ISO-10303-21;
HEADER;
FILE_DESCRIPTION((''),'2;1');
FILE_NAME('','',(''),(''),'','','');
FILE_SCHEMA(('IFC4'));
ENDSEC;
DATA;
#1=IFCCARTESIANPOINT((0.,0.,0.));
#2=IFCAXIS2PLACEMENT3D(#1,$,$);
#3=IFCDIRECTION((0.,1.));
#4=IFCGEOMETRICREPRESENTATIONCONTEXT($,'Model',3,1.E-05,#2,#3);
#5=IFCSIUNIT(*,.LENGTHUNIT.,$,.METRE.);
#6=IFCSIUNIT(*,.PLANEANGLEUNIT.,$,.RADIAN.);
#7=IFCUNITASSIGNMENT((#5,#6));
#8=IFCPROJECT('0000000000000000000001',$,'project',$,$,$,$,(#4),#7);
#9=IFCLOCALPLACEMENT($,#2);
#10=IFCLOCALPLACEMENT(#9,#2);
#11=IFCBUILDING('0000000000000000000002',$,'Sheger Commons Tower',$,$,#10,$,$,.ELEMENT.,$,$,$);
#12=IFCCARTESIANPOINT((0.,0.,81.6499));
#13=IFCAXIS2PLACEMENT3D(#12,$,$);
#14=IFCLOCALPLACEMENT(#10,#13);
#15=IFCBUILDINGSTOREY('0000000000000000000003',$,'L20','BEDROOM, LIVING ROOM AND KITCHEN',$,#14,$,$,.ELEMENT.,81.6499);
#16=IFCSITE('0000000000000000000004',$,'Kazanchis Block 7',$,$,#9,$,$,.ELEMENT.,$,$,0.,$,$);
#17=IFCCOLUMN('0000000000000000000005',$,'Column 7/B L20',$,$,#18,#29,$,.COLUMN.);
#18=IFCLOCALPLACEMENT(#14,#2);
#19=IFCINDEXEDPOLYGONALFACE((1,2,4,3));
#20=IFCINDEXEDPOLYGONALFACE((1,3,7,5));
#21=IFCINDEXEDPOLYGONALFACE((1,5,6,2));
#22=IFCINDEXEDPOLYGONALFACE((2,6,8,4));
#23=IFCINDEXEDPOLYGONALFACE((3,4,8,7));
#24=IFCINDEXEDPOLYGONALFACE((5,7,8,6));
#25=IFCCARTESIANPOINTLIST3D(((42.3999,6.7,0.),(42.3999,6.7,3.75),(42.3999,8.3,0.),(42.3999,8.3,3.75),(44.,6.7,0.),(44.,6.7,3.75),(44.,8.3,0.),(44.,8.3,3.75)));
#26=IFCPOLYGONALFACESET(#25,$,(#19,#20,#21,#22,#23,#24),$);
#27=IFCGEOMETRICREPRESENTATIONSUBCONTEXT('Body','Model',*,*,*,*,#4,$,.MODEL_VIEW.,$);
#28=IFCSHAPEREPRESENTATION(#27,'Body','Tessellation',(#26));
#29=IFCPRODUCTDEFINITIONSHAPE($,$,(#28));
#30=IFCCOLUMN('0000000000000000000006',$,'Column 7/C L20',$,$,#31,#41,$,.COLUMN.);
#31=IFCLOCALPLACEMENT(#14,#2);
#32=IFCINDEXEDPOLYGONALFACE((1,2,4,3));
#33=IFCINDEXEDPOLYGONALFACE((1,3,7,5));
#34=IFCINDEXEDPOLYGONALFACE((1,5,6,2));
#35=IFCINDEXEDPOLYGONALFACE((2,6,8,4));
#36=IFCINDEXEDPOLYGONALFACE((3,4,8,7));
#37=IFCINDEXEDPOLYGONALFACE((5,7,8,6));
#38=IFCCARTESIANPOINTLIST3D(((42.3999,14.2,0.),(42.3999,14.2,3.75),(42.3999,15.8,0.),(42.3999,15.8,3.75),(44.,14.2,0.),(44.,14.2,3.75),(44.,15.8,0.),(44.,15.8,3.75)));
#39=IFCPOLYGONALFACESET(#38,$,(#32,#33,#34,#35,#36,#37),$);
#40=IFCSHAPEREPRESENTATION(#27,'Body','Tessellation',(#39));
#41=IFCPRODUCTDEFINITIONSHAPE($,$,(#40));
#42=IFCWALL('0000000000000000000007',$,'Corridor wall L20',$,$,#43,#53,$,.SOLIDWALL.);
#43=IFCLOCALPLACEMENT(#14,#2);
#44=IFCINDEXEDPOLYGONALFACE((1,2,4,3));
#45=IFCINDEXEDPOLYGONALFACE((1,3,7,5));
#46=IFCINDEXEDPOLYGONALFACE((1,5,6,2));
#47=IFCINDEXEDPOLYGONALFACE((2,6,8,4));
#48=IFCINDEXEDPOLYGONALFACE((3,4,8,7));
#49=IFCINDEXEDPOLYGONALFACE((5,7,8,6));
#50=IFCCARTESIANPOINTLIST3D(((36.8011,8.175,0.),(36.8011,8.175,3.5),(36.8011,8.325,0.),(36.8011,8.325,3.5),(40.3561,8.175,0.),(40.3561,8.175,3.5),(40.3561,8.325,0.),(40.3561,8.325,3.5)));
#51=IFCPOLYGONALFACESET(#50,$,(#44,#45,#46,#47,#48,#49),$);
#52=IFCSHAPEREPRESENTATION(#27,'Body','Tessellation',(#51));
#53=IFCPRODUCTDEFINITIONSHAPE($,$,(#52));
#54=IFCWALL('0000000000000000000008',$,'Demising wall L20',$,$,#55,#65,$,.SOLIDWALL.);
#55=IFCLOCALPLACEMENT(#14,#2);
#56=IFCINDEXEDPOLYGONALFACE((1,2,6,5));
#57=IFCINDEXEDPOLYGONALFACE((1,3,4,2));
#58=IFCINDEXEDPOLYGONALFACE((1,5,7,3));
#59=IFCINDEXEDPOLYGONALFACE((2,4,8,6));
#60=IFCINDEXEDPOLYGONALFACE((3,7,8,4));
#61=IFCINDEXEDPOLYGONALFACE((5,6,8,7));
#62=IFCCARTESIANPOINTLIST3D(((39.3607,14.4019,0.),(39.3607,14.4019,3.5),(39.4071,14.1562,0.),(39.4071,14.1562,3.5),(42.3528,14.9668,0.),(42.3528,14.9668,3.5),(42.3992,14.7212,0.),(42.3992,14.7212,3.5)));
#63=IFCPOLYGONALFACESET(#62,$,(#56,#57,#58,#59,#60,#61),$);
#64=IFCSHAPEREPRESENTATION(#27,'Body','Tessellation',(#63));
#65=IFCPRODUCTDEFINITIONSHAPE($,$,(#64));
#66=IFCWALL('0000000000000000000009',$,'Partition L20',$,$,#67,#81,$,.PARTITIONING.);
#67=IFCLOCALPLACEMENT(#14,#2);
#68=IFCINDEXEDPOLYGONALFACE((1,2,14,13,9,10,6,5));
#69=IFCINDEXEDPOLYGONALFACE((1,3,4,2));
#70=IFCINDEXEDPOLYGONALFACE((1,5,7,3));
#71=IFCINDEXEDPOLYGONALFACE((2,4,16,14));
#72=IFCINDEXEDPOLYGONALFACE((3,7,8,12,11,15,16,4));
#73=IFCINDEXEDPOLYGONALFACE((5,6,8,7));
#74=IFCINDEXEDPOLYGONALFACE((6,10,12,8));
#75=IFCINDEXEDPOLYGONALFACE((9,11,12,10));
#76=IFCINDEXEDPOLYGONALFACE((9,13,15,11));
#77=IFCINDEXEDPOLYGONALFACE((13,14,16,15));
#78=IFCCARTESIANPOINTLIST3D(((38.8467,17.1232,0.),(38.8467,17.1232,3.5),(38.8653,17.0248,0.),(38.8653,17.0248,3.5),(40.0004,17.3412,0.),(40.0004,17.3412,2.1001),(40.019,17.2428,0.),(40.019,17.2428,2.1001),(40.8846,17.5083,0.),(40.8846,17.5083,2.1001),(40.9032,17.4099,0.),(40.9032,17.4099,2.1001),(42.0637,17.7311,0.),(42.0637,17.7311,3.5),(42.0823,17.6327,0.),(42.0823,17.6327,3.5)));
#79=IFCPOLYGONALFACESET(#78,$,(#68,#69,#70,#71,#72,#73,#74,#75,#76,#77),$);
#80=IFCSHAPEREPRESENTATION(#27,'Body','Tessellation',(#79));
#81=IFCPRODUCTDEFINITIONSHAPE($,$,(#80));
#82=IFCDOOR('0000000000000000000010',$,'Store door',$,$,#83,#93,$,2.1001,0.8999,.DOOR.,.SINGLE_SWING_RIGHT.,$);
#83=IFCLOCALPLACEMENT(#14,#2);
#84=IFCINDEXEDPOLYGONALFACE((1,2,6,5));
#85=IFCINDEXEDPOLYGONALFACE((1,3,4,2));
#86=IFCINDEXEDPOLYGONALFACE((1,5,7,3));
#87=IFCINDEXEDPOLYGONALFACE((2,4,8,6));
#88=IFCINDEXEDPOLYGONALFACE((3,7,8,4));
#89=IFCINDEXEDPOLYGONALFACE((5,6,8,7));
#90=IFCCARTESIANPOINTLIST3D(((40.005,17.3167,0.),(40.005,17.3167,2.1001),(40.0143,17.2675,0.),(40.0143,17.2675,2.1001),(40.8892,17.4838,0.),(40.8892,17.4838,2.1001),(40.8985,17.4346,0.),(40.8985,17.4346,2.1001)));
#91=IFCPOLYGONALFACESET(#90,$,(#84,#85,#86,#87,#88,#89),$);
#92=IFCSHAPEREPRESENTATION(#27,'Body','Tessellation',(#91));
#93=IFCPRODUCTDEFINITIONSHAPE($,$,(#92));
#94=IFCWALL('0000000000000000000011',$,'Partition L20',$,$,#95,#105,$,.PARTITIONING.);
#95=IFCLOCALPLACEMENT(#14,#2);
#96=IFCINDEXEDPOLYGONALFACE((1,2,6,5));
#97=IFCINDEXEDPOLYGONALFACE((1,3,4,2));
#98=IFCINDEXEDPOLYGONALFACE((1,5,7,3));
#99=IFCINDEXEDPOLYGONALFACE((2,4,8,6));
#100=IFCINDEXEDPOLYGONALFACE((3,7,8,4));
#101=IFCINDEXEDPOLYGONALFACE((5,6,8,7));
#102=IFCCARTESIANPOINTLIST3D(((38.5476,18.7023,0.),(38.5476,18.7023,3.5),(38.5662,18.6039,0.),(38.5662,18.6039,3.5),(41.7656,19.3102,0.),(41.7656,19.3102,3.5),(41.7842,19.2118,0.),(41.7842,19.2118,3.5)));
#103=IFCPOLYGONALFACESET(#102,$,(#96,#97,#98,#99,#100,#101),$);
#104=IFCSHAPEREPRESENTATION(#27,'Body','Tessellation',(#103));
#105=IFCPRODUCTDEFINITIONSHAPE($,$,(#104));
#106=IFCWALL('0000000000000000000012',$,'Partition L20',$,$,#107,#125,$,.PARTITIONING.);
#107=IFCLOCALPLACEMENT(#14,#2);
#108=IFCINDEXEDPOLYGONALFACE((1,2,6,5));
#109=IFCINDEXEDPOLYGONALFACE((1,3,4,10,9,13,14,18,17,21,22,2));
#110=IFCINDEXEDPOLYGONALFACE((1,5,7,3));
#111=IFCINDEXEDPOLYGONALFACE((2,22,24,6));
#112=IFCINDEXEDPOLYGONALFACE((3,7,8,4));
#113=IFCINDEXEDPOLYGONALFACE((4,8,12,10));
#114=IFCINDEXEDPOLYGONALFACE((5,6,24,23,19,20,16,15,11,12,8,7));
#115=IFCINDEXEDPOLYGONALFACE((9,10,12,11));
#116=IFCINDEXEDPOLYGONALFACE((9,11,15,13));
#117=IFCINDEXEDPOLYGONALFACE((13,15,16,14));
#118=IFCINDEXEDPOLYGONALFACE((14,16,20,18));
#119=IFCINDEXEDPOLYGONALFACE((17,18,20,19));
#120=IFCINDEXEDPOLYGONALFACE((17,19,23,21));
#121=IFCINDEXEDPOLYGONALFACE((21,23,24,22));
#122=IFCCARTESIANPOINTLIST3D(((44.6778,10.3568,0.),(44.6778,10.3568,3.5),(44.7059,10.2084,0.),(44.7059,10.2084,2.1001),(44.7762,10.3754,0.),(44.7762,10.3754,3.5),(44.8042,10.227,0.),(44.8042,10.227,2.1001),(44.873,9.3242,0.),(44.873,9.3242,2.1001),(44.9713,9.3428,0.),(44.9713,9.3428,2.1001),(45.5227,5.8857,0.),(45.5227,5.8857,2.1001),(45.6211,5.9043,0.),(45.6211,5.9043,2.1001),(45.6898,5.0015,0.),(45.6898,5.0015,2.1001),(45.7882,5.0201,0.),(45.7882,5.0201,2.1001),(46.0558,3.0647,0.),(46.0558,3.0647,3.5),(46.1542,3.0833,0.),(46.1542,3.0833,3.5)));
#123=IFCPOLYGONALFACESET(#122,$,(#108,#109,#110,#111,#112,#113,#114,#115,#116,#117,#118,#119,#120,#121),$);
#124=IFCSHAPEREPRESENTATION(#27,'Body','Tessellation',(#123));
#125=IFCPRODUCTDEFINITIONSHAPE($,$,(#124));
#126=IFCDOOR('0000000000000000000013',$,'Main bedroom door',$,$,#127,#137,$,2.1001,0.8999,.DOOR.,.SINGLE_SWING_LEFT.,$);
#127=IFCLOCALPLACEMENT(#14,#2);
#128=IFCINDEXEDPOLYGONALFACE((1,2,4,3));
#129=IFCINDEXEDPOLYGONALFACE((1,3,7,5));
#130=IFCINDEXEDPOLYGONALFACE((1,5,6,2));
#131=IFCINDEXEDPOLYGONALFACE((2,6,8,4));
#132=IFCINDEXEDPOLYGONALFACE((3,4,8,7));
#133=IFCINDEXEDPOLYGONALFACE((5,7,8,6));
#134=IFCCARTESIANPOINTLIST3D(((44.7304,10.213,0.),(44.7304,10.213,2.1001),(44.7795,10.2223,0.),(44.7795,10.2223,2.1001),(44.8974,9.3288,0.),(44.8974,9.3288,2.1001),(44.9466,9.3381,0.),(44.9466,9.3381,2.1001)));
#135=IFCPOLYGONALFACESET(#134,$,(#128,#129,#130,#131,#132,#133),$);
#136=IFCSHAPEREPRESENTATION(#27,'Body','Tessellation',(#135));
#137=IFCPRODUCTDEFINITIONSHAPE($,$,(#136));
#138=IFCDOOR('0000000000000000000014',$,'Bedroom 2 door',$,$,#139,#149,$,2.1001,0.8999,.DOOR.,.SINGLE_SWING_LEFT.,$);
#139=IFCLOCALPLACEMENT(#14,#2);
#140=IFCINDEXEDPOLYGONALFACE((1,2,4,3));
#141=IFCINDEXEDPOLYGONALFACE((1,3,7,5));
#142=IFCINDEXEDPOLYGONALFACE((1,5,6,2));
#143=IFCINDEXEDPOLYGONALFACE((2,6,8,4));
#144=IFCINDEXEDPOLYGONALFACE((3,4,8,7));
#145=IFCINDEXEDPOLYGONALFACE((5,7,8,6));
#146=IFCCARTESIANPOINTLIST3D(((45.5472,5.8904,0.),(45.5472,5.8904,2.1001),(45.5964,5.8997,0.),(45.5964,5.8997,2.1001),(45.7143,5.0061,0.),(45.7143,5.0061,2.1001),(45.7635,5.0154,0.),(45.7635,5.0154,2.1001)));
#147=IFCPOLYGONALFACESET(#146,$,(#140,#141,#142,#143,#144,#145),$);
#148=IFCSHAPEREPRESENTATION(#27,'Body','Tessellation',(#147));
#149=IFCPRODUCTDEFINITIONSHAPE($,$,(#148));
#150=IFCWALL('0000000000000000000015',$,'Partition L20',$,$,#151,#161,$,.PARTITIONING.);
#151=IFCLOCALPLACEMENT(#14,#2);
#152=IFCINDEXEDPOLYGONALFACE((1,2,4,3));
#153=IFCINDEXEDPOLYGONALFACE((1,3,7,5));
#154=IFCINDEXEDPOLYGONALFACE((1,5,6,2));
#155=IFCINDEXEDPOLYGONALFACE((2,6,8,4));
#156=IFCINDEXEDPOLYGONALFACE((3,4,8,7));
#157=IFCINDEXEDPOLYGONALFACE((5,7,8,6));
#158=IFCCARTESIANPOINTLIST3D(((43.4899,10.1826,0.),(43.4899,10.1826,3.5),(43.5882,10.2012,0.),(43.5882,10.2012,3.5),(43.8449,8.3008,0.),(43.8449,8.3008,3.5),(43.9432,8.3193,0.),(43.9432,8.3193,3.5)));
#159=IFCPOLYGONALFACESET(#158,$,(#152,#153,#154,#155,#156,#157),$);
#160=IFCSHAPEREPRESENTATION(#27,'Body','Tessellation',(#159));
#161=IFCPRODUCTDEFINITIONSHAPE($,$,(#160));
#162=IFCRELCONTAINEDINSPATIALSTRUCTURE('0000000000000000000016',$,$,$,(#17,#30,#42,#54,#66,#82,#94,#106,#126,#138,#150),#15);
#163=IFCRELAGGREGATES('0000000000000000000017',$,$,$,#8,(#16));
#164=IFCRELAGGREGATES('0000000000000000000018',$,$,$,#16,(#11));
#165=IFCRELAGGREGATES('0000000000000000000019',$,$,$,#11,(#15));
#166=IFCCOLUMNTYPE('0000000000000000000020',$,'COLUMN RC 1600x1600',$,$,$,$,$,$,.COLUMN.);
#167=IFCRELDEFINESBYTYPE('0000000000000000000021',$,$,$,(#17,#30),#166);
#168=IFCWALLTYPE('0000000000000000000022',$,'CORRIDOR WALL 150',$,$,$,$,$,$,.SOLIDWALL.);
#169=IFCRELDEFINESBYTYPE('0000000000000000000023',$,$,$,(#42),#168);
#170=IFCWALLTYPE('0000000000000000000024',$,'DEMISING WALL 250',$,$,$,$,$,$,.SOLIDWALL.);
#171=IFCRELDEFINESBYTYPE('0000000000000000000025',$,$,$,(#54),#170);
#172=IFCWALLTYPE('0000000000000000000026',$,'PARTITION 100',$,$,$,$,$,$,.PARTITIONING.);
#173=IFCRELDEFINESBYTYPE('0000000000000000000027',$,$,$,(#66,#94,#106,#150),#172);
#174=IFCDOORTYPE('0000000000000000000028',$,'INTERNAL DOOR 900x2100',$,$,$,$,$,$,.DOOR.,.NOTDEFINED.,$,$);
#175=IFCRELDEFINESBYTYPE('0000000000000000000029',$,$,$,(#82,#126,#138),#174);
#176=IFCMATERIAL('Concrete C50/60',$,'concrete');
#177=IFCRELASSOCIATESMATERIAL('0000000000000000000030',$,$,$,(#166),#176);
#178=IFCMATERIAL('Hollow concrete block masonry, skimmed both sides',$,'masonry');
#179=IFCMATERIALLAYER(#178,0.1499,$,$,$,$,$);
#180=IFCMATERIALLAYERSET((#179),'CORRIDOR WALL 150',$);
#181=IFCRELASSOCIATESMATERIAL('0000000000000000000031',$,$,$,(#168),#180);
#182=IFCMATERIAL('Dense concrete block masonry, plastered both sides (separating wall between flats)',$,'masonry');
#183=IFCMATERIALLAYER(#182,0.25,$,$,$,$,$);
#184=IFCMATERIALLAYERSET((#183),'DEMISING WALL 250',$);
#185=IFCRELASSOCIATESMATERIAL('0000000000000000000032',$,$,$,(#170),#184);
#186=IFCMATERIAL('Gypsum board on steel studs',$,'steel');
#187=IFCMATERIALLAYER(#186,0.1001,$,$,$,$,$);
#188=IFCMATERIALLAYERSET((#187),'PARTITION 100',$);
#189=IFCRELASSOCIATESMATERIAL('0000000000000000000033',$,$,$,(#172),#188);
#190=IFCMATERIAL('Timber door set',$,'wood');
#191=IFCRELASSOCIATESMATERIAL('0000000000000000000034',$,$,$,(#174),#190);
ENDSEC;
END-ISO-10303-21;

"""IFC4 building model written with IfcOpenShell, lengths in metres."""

from ifc_helpers import new_model, si_unit, direction, frame, frame_2d, origin, origin_2d, place, context, subcontext, project, spatial, rectangle, extrude, material, layer, layer_set, material_profile, profile_set, type_object, element, fill, save


model = new_model("IFC4")

# Units and contexts
model_context = context("Model", 3, precision=1e-05, world=origin(), true_north=direction((0.0, 1.0)))
body_context = subcontext(model_context, "Body", "Model", "MODEL_VIEW")
ifc_project = project(units=[si_unit("LENGTHUNIT", "METRE"), si_unit("PLANEANGLEUNIT", "RADIAN")], contexts=[model_context])

# Site, building, storey
site_placement = place(None, origin())
site = spatial("IfcSite", under=ifc_project, at=site_placement, Name="Kazanchis Block 7", CompositionType="ELEMENT", RefElevation=0.0)
building_placement = place(site_placement, origin())
building = spatial("IfcBuilding", under=site, at=building_placement, Name="Sheger Commons Tower", CompositionType="ELEMENT")
storey_placement = place(building_placement, frame((0.0, 0.0, 81.6499)))
storey = spatial("IfcBuildingStorey", under=building, at=storey_placement, Name="L20", Description="BEDROOM, LIVING ROOM AND KITCHEN", CompositionType="ELEMENT", Elevation=81.6499)

# Columns
ifc_material_1 = material(Name="Concrete C50/60", Category="concrete")
ifc_material_profile = material_profile(ifc_material_1, rectangle(XDim=1.6001, YDim=1.6001, at=origin_2d()), Name="RC 1600x1600")
ifc_profile_set = profile_set([ifc_material_profile], Name="Concrete C50/60")
column_type = type_object("IfcColumnType", Name="COLUMN RC 1600x1600", PredefinedType="COLUMN", material=ifc_profile_set)
for number, where, z_axis, x_axis, name in (
    (1, (43.2, 7.5, 0.0), (0.0, 0.0, 1.0), (1.0, 0.0, 0.0), "Column 7/B L20"),
    (2, (43.2, 15.0, 0.0), (0.0, 0.0, 1.0), (1.0, 0.0, 0.0), "Column 7/C L20"),
):
    element("IfcColumn", number, at=place(storey_placement, frame(where, z_axis=z_axis, x_axis=x_axis)), inside=storey, type_object=column_type, Name=name, PredefinedType="COLUMN", context=body_context, shape_type="SweptSolid", body=[
        extrude(rectangle(XDim=1.6001, YDim=1.6001, at=origin_2d()), origin(), (0.0, 0.0, 1.0), 3.75),
    ])

# Walls
ifc_material_2 = material(Name="Hollow concrete block masonry, skimmed both sides", Category="masonry")
ifc_layer_1 = layer(ifc_material_2, 0.1499)
ifc_layer_set_1 = layer_set([ifc_layer_1], Name="CORRIDOR WALL 150")
wall_type_1 = type_object("IfcWallType", Name="CORRIDOR WALL 150", PredefinedType="SOLIDWALL", material=ifc_layer_set_1)
wall_1_placement = place(storey_placement, frame((40.356, 8.25, 0.0), z_axis=(0.0, 0.0, 1.0), x_axis=(-1.0, 0.0, 0.0)))
element("IfcWall", 3, at=wall_1_placement, inside=storey, type_object=wall_type_1, Name="Corridor wall L20", PredefinedType="SOLIDWALL", context=body_context, shape_type="SweptSolid", body=[
    extrude(rectangle(XDim=3.5549, YDim=0.1499, at=frame_2d((1.7773, 0.0))), origin(), (0.0, 0.0, 1.0), 3.5),
])
ifc_material_3 = material(Name="Dense concrete block masonry, plastered both sides (separating wall between flats)", Category="masonry")
ifc_layer_2 = layer(ifc_material_3, 0.25)
ifc_layer_set_2 = layer_set([ifc_layer_2], Name="DEMISING WALL 250")
wall_type_2 = type_object("IfcWallType", Name="DEMISING WALL 250", PredefinedType="SOLIDWALL", material=ifc_layer_set_2)
wall_2_placement = place(storey_placement, frame((42.376, 14.844, 0.0), z_axis=(0.0, 0.0, 1.0), x_axis=(-0.982636, -0.185542, 0.0)))
element("IfcWall", 4, at=wall_2_placement, inside=storey, type_object=wall_type_2, Name="Demising wall L20", PredefinedType="SOLIDWALL", context=body_context, shape_type="SweptSolid", body=[
    extrude(rectangle(XDim=3.0449, YDim=0.25, at=frame_2d((1.5225, 0.0))), origin(), (0.0, 0.0, 1.0), 3.5),
])

# Wall, opening, door
ifc_material_4 = material(Name="Gypsum board on steel studs", Category="steel")
ifc_layer_3 = layer(ifc_material_4, 0.1001)
ifc_layer_set_3 = layer_set([ifc_layer_3], Name="PARTITION 100")
wall_type_3 = type_object("IfcWallType", Name="PARTITION 100", PredefinedType="PARTITIONING", material=ifc_layer_set_3)
wall_3_placement = place(storey_placement, frame((42.073, 17.6819, 0.0), z_axis=(0.0, 0.0, 1.0), x_axis=(-0.98261, -0.18568, 0.0)))
wall_3 = element("IfcWall", 5, at=wall_3_placement, inside=storey, type_object=wall_type_3, Name="Partition L20", PredefinedType="PARTITIONING", context=body_context, shape_type="SweptSolid", body=[
    extrude(rectangle(XDim=3.2739, YDim=0.1001, at=frame_2d((1.637, 0.0))), origin(), (0.0, 0.0, 1.0), 3.5),
])
opening_1_placement = place(wall_3_placement, frame((1.2, 0.0, 0.0)))
opening_1 = element("IfcOpeningElement", 6, at=opening_1_placement, cuts=wall_3, PredefinedType="OPENING", context=body_context, shape_type="SweptSolid", body=[
    extrude(rectangle(XDim=0.8999, YDim=2.1001, at=frame_2d((0.45, 1.05))), frame((0.0, 0.0601, 0.0), z_axis=(0.0, -1.0, 0.0), x_axis=(1.0, 0.0, 0.0)), (0.0, 0.0, 1.0), 0.1201),
])
ifc_material_5 = material(Name="Timber door set", Category="wood")
door_type_1 = type_object("IfcDoorType", Name="INTERNAL DOOR 900x2100", OperationType="NOTDEFINED", PredefinedType="DOOR", material=ifc_material_5)
door_1_placement = place(opening_1_placement, origin())
door_1 = element("IfcDoor", 7, at=door_1_placement, inside=storey, type_object=door_type_1, Name="Store door", OperationType="SINGLE_SWING_RIGHT", OverallHeight=2.1001, OverallWidth=0.8999, PredefinedType="DOOR", context=body_context, shape_type="SweptSolid", body=[
    extrude(rectangle(XDim=0.8999, YDim=2.1001, at=frame_2d((0.45, 1.05))), frame((0.0, 0.0249, 0.0), z_axis=(0.0, -1.0, 0.0), x_axis=(1.0, 0.0, 0.0)), (0.0, 0.0, 1.0), 0.05),
])
fill(opening_1, door_1)

# Wall
wall_4_placement = place(storey_placement, frame((41.7749, 19.261, 0.0), z_axis=(0.0, 0.0, 1.0), x_axis=(-0.982621, -0.185625, 0.0)))
element("IfcWall", 8, at=wall_4_placement, inside=storey, type_object=wall_type_3, Name="Partition L20", PredefinedType="PARTITIONING", context=body_context, shape_type="SweptSolid", body=[
    extrude(rectangle(XDim=3.2749, YDim=0.1001, at=frame_2d((1.6375, 0.0))), origin(), (0.0, 0.0, 1.0), 3.5),
])

# Wall, openings, doors
wall_5_placement = place(storey_placement, frame((44.7271, 10.366, 0.0), z_axis=(0.0, 0.0, 1.0), x_axis=(0.185679, -0.98261, 0.0)))
wall_5 = element("IfcWall", 9, at=wall_5_placement, inside=storey, type_object=wall_type_3, Name="Partition L20", PredefinedType="PARTITIONING", context=body_context, shape_type="SweptSolid", body=[
    extrude(rectangle(XDim=7.4211, YDim=0.1001, at=frame_2d((3.7104, 0.0))), origin(), (0.0, 0.0, 1.0), 3.5),
])
opening_2_placement = place(wall_5_placement, frame((0.1509, 0.0, 0.0)))
opening_2 = element("IfcOpeningElement", 10, at=opening_2_placement, cuts=wall_5, PredefinedType="OPENING", context=body_context, shape_type="SweptSolid", body=[
    extrude(rectangle(XDim=0.8999, YDim=2.1001, at=frame_2d((0.45, 1.05))), frame((0.0, 0.0601, 0.0), z_axis=(0.0, -1.0, 0.0), x_axis=(1.0, 0.0, 0.0)), (0.0, 0.0, 1.0), 0.1201),
])
opening_3_placement = place(wall_5_placement, frame((4.55, 0.0, 0.0)))
opening_3 = element("IfcOpeningElement", 11, at=opening_3_placement, cuts=wall_5, PredefinedType="OPENING", context=body_context, shape_type="SweptSolid", body=[
    extrude(rectangle(XDim=0.8999, YDim=2.1001, at=frame_2d((0.45, 1.05))), frame((0.0, 0.0601, 0.0), z_axis=(0.0, -1.0, 0.0), x_axis=(1.0, 0.0, 0.0)), (0.0, 0.0, 1.0), 0.1201),
])
door_2_placement = place(opening_2_placement, origin())
door_2 = element("IfcDoor", 12, at=door_2_placement, inside=storey, type_object=door_type_1, Name="Main bedroom door", OperationType="SINGLE_SWING_LEFT", OverallHeight=2.1001, OverallWidth=0.8999, PredefinedType="DOOR", context=body_context, shape_type="SweptSolid", body=[
    extrude(rectangle(XDim=0.8999, YDim=2.1001, at=frame_2d((0.45, 1.05))), frame((0.0, 0.0249, 0.0), z_axis=(0.0, -1.0, 0.0), x_axis=(1.0, 0.0, 0.0)), (0.0, 0.0, 1.0), 0.05),
])
fill(opening_2, door_2)
door_3_placement = place(opening_3_placement, origin())
door_3 = element("IfcDoor", 13, at=door_3_placement, inside=storey, type_object=door_type_1, Name="Bedroom 2 door", OperationType="SINGLE_SWING_LEFT", OverallHeight=2.1001, OverallWidth=0.8999, PredefinedType="DOOR", context=body_context, shape_type="SweptSolid", body=[
    extrude(rectangle(XDim=0.8999, YDim=2.1001, at=frame_2d((0.45, 1.05))), frame((0.0, 0.0249, 0.0), z_axis=(0.0, -1.0, 0.0), x_axis=(1.0, 0.0, 0.0)), (0.0, 0.0, 1.0), 0.05),
])
fill(opening_3, door_3)

# Wall
wall_6_placement = place(storey_placement, frame((43.5391, 10.1919, 0.0), z_axis=(0.0, 0.0, 1.0), x_axis=(0.185366, -0.98267, 0.0)))
element("IfcWall", 14, at=wall_6_placement, inside=storey, type_object=wall_type_3, Name="Partition L20", PredefinedType="PARTITIONING", context=body_context, shape_type="SweptSolid", body=[
    extrude(rectangle(XDim=1.915, YDim=0.1001, at=frame_2d((0.9575, 0.0))), origin(), (0.0, 0.0, 1.0), 3.5),
])

save(model, "model.ifc")
